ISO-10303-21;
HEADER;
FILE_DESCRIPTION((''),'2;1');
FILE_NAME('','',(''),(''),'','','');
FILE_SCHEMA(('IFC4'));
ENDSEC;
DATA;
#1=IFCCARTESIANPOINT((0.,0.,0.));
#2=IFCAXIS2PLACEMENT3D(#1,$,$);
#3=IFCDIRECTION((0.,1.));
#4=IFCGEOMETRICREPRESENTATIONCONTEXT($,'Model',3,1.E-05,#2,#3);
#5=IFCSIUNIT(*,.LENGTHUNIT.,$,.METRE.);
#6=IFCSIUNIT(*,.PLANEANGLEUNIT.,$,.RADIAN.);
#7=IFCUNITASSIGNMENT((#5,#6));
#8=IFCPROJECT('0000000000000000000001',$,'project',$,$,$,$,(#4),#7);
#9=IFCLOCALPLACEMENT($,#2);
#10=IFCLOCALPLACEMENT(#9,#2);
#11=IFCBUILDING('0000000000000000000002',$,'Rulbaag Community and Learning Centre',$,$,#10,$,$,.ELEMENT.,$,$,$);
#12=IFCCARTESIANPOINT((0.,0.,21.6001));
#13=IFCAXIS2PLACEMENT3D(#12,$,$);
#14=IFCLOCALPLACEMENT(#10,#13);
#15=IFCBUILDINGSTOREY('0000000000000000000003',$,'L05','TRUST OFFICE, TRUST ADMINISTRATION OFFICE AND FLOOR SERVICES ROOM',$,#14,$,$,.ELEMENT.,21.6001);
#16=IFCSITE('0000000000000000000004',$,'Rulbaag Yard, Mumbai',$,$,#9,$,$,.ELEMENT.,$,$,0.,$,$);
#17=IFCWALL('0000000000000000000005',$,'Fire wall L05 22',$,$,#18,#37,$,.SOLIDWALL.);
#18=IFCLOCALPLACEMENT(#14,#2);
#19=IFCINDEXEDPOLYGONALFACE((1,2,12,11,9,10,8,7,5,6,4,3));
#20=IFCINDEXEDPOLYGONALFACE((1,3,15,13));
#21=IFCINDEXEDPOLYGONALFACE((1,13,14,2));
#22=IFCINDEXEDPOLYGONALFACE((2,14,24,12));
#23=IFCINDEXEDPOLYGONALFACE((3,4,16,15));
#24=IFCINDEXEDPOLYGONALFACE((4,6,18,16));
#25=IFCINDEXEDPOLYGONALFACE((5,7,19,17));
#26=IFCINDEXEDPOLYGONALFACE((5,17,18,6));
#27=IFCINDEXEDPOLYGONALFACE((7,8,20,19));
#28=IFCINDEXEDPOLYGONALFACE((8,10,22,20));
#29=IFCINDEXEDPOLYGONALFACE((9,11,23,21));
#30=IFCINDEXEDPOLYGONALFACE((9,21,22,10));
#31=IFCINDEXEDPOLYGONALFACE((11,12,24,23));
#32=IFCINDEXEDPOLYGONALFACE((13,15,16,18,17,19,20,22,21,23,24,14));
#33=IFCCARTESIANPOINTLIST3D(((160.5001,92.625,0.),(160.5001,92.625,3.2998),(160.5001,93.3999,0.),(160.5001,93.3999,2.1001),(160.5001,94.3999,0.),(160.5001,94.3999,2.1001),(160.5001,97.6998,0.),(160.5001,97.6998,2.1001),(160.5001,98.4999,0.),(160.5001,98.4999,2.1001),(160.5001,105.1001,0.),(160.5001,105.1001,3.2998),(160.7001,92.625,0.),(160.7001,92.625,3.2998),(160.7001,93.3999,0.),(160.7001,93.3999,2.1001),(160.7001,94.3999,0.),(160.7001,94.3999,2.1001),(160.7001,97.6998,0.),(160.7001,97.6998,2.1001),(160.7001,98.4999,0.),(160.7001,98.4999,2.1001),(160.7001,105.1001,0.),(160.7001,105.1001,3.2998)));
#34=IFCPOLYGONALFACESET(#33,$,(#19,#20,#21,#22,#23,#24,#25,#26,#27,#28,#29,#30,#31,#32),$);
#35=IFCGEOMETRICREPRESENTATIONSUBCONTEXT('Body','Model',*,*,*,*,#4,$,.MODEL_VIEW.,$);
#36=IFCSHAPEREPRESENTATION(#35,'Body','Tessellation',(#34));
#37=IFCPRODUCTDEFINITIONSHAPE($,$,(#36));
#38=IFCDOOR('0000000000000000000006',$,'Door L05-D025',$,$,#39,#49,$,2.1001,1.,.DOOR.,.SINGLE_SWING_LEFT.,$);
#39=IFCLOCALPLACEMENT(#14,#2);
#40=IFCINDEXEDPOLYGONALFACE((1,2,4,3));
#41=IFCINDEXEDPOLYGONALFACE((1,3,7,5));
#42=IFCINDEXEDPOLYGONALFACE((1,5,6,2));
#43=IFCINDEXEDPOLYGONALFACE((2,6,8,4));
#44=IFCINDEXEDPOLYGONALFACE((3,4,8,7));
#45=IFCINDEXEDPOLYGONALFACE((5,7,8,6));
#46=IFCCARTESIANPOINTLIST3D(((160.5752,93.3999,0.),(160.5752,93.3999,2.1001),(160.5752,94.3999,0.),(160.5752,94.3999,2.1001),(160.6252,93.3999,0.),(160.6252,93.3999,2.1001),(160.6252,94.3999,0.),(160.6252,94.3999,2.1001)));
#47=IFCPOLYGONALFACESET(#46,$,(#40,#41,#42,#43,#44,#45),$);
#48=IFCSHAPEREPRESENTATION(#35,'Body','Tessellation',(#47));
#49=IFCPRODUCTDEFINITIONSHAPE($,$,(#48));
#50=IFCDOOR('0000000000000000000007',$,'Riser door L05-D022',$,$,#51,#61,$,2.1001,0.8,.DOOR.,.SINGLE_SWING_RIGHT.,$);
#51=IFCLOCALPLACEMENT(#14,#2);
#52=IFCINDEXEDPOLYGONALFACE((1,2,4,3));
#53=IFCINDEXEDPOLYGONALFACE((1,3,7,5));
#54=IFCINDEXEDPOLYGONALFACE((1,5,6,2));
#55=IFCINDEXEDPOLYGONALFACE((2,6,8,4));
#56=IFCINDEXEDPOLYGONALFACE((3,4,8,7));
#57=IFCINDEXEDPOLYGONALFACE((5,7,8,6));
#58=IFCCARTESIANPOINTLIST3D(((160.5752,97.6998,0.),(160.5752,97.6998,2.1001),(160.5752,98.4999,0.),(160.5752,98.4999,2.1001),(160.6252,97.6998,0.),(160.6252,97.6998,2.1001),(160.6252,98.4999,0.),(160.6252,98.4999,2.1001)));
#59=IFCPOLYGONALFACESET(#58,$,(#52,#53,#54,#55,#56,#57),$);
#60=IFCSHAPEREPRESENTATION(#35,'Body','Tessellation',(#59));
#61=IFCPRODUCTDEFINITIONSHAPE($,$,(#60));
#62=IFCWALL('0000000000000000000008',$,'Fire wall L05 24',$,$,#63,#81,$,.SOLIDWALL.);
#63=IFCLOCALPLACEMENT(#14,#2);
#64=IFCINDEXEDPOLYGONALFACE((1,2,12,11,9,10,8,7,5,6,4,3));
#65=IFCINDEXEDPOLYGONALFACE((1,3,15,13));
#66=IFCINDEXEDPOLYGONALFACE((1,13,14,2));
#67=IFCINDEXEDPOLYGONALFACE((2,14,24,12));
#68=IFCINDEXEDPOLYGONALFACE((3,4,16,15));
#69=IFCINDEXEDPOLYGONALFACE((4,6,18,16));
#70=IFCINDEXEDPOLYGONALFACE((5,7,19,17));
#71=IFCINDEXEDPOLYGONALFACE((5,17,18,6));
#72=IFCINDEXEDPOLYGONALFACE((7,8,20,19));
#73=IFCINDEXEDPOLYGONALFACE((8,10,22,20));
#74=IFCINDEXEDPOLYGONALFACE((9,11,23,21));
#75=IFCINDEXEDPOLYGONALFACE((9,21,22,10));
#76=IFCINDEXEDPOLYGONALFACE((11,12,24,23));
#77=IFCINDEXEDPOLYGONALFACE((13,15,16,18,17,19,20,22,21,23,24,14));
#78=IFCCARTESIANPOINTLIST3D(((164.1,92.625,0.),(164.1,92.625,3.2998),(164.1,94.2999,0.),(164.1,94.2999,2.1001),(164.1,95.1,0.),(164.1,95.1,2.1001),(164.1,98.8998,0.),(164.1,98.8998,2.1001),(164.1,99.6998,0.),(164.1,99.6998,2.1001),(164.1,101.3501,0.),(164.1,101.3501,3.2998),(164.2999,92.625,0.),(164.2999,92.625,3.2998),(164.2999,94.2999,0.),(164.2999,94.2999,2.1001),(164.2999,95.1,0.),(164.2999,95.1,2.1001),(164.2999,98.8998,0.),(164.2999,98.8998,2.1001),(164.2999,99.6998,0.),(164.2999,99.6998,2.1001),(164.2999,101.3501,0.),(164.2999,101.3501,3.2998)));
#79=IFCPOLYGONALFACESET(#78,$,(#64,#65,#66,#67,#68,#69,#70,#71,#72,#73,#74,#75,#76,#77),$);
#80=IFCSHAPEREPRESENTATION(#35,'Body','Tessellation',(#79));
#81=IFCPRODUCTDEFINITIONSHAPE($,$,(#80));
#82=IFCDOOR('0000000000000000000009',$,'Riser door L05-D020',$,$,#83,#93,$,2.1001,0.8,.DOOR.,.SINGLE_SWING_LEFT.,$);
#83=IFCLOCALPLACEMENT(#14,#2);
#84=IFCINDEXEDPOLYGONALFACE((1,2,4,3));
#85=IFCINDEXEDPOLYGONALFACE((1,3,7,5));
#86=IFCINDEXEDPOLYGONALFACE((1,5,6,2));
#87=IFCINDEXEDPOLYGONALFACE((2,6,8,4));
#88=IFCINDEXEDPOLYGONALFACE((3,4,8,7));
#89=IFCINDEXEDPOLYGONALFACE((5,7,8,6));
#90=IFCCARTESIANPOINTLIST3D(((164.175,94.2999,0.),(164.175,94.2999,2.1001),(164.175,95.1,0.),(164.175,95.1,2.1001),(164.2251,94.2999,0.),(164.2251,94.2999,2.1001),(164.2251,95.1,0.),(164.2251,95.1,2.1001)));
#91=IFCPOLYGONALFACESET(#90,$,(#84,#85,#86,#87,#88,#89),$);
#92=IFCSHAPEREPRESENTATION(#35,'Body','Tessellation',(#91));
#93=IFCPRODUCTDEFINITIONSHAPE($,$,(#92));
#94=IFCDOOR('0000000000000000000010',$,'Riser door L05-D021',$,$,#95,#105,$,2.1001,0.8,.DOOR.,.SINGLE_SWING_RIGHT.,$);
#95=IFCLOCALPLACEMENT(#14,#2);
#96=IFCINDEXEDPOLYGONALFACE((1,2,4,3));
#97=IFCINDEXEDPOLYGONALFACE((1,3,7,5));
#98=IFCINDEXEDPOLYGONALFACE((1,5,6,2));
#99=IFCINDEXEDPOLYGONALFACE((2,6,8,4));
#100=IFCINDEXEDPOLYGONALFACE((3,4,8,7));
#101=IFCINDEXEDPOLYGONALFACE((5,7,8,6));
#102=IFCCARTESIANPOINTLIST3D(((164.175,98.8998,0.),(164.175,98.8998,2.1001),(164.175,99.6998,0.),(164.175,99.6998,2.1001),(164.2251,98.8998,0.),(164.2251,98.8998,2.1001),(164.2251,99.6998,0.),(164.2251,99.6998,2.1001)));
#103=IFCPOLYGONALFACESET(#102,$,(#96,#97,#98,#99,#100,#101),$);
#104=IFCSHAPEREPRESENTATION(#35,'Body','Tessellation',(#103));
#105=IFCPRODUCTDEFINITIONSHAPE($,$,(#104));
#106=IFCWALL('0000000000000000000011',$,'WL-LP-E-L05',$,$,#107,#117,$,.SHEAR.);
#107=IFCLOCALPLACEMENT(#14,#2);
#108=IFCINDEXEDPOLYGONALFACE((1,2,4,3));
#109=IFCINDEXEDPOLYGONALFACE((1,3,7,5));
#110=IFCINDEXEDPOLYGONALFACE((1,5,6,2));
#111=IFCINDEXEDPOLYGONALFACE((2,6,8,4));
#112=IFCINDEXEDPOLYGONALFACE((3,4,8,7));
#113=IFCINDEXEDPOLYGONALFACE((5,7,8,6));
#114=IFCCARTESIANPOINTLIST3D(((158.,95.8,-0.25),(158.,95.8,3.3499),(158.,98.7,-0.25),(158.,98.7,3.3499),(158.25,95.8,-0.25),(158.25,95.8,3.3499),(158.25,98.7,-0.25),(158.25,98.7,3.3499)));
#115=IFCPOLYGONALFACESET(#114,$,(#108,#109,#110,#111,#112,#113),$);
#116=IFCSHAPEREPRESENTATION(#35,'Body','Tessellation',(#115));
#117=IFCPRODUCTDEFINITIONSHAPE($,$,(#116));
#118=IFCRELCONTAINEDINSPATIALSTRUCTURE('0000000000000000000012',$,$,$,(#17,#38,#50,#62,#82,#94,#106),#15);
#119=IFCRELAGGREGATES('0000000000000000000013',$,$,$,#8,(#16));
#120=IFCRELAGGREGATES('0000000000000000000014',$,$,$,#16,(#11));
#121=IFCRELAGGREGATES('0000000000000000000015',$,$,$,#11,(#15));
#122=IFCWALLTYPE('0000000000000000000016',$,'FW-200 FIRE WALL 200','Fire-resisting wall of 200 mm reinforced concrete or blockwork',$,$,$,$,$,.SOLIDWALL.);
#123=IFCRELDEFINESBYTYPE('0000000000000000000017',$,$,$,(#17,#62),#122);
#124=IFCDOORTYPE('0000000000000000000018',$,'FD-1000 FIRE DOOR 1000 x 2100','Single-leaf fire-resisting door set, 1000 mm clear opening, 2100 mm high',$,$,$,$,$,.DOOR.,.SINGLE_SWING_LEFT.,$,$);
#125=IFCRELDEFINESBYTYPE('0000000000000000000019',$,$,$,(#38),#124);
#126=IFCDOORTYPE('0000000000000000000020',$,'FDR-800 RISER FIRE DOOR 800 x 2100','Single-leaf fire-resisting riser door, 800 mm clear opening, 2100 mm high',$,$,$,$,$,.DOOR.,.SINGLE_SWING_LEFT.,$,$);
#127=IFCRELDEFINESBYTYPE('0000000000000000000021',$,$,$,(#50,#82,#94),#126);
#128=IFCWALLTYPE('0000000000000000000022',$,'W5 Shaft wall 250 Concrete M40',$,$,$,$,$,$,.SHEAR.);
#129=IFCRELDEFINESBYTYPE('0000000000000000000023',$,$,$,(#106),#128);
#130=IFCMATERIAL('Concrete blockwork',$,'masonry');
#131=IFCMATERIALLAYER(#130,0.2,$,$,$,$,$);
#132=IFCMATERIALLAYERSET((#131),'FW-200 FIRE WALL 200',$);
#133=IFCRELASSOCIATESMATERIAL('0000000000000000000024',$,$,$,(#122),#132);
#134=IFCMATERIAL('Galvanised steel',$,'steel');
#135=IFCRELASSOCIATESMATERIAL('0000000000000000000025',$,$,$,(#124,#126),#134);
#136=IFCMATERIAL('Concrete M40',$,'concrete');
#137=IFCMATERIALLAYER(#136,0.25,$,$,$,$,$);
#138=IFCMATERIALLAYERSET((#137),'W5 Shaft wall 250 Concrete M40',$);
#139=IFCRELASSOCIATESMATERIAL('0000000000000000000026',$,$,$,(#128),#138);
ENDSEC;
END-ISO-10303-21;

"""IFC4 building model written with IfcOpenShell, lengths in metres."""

from ifc_helpers import new_model, si_unit, direction, frame, frame_2d, origin, place, context, subcontext, project, spatial, rectangle, extrude, material, layer, layer_set, type_object, element, fill, save


model = new_model("IFC4")

# Units and contexts
model_context = context("Model", 3, precision=1e-05, world=origin(), true_north=direction((0.0, 1.0)))
body_context = subcontext(model_context, "Body", "Model", "MODEL_VIEW")
ifc_project = project(units=[si_unit("LENGTHUNIT", "METRE"), si_unit("PLANEANGLEUNIT", "RADIAN")], contexts=[model_context])

# Site, building, storey
site_placement = place(None, origin())
site = spatial("IfcSite", under=ifc_project, at=site_placement, Name="Rulbaag Yard, Mumbai", CompositionType="ELEMENT", RefElevation=0.0)
building_placement = place(site_placement, origin())
building = spatial("IfcBuilding", under=site, at=building_placement, Name="Rulbaag Community and Learning Centre", CompositionType="ELEMENT")
storey_placement = place(building_placement, frame((0.0, 0.0, 21.6001)))
storey = spatial("IfcBuildingStorey", under=building, at=storey_placement, Name="L05", Description="TRUST OFFICE, TRUST ADMINISTRATION OFFICE AND FLOOR SERVICES ROOM", CompositionType="ELEMENT", Elevation=21.6001)

# Shared definitions
ifc_material_1 = material(Name="Concrete M40", Category="concrete")

# Walls, openings, doors
ifc_material_2 = material(Name="Concrete blockwork", Category="masonry")
ifc_layer_1 = layer(ifc_material_2, 0.2)
ifc_layer_set_1 = layer_set([ifc_layer_1], Name="FW-200 FIRE WALL 200")
wall_type_1 = type_object("IfcWallType", Name="FW-200 FIRE WALL 200", Description="Fire-resisting wall of 200 mm reinforced concrete or blockwork", PredefinedType="SOLIDWALL", material=ifc_layer_set_1)
wall_1_placement = place(storey_placement, frame((160.6001, 92.625, 0.0), z_axis=(0.0, 0.0, 1.0), x_axis=(0.0, 1.0, 0.0)))
wall_1 = element("IfcWall", 1, at=wall_1_placement, inside=storey, type_object=wall_type_1, Name="Fire wall L05 22", PredefinedType="SOLIDWALL", context=body_context, shape_type="SweptSolid", body=[
    extrude(rectangle(XDim=12.4751, YDim=0.2, at=frame_2d((6.2375, 0.0))), origin(), (0.0, 0.0, 1.0), 3.2998),
])
opening_1_placement = place(wall_1_placement, frame((5.075, 0.0, 0.0)))
opening_1 = element("IfcOpeningElement", 2, at=opening_1_placement, cuts=wall_1, PredefinedType="OPENING", context=body_context, shape_type="SweptSolid", body=[
    extrude(rectangle(XDim=0.8, YDim=2.1001, at=frame_2d((0.3999, 1.05))), frame((0.0, 0.1099, 0.0), z_axis=(0.0, -1.0, 0.0), x_axis=(1.0, 0.0, 0.0)), (0.0, 0.0, 1.0), 0.22),
])
opening_2_placement = place(wall_1_placement, frame((0.7749, 0.0, 0.0)))
opening_2 = element("IfcOpeningElement", 3, at=opening_2_placement, cuts=wall_1, PredefinedType="OPENING", context=body_context, shape_type="SweptSolid", body=[
    extrude(rectangle(XDim=1.0, YDim=2.1001, at=frame_2d((0.5, 1.05))), frame((0.0, 0.1099, 0.0), z_axis=(0.0, -1.0, 0.0), x_axis=(1.0, 0.0, 0.0)), (0.0, 0.0, 1.0), 0.22),
])
ifc_material_3 = material(Name="Galvanised steel", Category="steel")
door_type_1 = type_object("IfcDoorType", Name="FD-1000 FIRE DOOR 1000 x 2100", Description="Single-leaf fire-resisting door set, 1000 mm clear opening, 2100 mm high", OperationType="SINGLE_SWING_LEFT", PredefinedType="DOOR", material=ifc_material_3)
door_1_placement = place(opening_2_placement, origin())
door_1 = element("IfcDoor", 4, at=door_1_placement, inside=storey, type_object=door_type_1, Name="Door L05-D025", OperationType="SINGLE_SWING_LEFT", OverallHeight=2.1001, OverallWidth=1.0, PredefinedType="DOOR", context=body_context, shape_type="SweptSolid", body=[
    extrude(rectangle(XDim=1.0, YDim=2.1001, at=frame_2d((0.5, 1.05))), frame((0.0, 0.0249, 0.0), z_axis=(0.0, -1.0, 0.0), x_axis=(1.0, 0.0, 0.0)), (0.0, 0.0, 1.0), 0.05),
])
fill(opening_2, door_1)
door_type_2 = type_object("IfcDoorType", Name="FDR-800 RISER FIRE DOOR 800 x 2100", Description="Single-leaf fire-resisting riser door, 800 mm clear opening, 2100 mm high", OperationType="SINGLE_SWING_LEFT", PredefinedType="DOOR", material=ifc_material_3)
door_2_placement = place(opening_1_placement, origin())
door_2 = element("IfcDoor", 5, at=door_2_placement, inside=storey, type_object=door_type_2, Name="Riser door L05-D022", OperationType="SINGLE_SWING_RIGHT", OverallHeight=2.1001, OverallWidth=0.8, PredefinedType="DOOR", context=body_context, shape_type="SweptSolid", body=[
    extrude(rectangle(XDim=0.8, YDim=2.1001, at=frame_2d((0.3999, 1.05))), frame((0.0, 0.0249, 0.0), z_axis=(0.0, -1.0, 0.0), x_axis=(1.0, 0.0, 0.0)), (0.0, 0.0, 1.0), 0.05),
])
fill(opening_1, door_2)
wall_2_placement = place(storey_placement, frame((164.2, 92.625, 0.0), z_axis=(0.0, 0.0, 1.0), x_axis=(0.0, 1.0, 0.0)))
wall_2 = element("IfcWall", 6, at=wall_2_placement, inside=storey, type_object=wall_type_1, Name="Fire wall L05 24", PredefinedType="SOLIDWALL", context=body_context, shape_type="SweptSolid", body=[
    extrude(rectangle(XDim=8.7251, YDim=0.2, at=frame_2d((4.3625, 0.0))), origin(), (0.0, 0.0, 1.0), 3.2998),
])
opening_3_placement = place(wall_2_placement, frame((1.675, 0.0, 0.0)))
opening_3 = element("IfcOpeningElement", 7, at=opening_3_placement, cuts=wall_2, PredefinedType="OPENING", context=body_context, shape_type="SweptSolid", body=[
    extrude(rectangle(XDim=0.8, YDim=2.1001, at=frame_2d((0.3999, 1.05))), frame((0.0, 0.1099, 0.0), z_axis=(0.0, -1.0, 0.0), x_axis=(1.0, 0.0, 0.0)), (0.0, 0.0, 1.0), 0.22),
])
opening_4_placement = place(wall_2_placement, frame((6.2749, 0.0, 0.0)))
opening_4 = element("IfcOpeningElement", 8, at=opening_4_placement, cuts=wall_2, PredefinedType="OPENING", context=body_context, shape_type="SweptSolid", body=[
    extrude(rectangle(XDim=0.8, YDim=2.1001, at=frame_2d((0.3999, 1.05))), frame((0.0, 0.1099, 0.0), z_axis=(0.0, -1.0, 0.0), x_axis=(1.0, 0.0, 0.0)), (0.0, 0.0, 1.0), 0.22),
])
door_3_placement = place(opening_3_placement, origin())
door_3 = element("IfcDoor", 9, at=door_3_placement, inside=storey, type_object=door_type_2, Name="Riser door L05-D020", OperationType="SINGLE_SWING_LEFT", OverallHeight=2.1001, OverallWidth=0.8, PredefinedType="DOOR", context=body_context, shape_type="SweptSolid", body=[
    extrude(rectangle(XDim=0.8, YDim=2.1001, at=frame_2d((0.3999, 1.05))), frame((0.0, 0.0249, 0.0), z_axis=(0.0, -1.0, 0.0), x_axis=(1.0, 0.0, 0.0)), (0.0, 0.0, 1.0), 0.05),
])
fill(opening_3, door_3)
door_4_placement = place(opening_4_placement, origin())
door_4 = element("IfcDoor", 10, at=door_4_placement, inside=storey, type_object=door_type_2, Name="Riser door L05-D021", OperationType="SINGLE_SWING_RIGHT", OverallHeight=2.1001, OverallWidth=0.8, PredefinedType="DOOR", context=body_context, shape_type="SweptSolid", body=[
    extrude(rectangle(XDim=0.8, YDim=2.1001, at=frame_2d((0.3999, 1.05))), frame((0.0, 0.0249, 0.0), z_axis=(0.0, -1.0, 0.0), x_axis=(1.0, 0.0, 0.0)), (0.0, 0.0, 1.0), 0.05),
])
fill(opening_4, door_4)

# Wall
ifc_layer_2 = layer(ifc_material_1, 0.25)
ifc_layer_set_2 = layer_set([ifc_layer_2], Name="W5 Shaft wall 250 Concrete M40")
wall_type_2 = type_object("IfcWallType", Name="W5 Shaft wall 250 Concrete M40", PredefinedType="SHEAR", material=ifc_layer_set_2)
wall_3_placement = place(storey_placement, frame((158.125, 95.8, -0.25), z_axis=(0.0, 0.0, 1.0), x_axis=(0.0, 1.0, 0.0)))
element("IfcWall", 11, at=wall_3_placement, inside=storey, type_object=wall_type_2, Name="WL-LP-E-L05", PredefinedType="SHEAR", context=body_context, shape_type="SweptSolid", body=[
    extrude(rectangle(XDim=2.8999, YDim=0.25, at=frame_2d((1.45, 0.0))), origin(), (0.0, 0.0, 1.0), 3.5999),
])

save(model, "model.ifc")
